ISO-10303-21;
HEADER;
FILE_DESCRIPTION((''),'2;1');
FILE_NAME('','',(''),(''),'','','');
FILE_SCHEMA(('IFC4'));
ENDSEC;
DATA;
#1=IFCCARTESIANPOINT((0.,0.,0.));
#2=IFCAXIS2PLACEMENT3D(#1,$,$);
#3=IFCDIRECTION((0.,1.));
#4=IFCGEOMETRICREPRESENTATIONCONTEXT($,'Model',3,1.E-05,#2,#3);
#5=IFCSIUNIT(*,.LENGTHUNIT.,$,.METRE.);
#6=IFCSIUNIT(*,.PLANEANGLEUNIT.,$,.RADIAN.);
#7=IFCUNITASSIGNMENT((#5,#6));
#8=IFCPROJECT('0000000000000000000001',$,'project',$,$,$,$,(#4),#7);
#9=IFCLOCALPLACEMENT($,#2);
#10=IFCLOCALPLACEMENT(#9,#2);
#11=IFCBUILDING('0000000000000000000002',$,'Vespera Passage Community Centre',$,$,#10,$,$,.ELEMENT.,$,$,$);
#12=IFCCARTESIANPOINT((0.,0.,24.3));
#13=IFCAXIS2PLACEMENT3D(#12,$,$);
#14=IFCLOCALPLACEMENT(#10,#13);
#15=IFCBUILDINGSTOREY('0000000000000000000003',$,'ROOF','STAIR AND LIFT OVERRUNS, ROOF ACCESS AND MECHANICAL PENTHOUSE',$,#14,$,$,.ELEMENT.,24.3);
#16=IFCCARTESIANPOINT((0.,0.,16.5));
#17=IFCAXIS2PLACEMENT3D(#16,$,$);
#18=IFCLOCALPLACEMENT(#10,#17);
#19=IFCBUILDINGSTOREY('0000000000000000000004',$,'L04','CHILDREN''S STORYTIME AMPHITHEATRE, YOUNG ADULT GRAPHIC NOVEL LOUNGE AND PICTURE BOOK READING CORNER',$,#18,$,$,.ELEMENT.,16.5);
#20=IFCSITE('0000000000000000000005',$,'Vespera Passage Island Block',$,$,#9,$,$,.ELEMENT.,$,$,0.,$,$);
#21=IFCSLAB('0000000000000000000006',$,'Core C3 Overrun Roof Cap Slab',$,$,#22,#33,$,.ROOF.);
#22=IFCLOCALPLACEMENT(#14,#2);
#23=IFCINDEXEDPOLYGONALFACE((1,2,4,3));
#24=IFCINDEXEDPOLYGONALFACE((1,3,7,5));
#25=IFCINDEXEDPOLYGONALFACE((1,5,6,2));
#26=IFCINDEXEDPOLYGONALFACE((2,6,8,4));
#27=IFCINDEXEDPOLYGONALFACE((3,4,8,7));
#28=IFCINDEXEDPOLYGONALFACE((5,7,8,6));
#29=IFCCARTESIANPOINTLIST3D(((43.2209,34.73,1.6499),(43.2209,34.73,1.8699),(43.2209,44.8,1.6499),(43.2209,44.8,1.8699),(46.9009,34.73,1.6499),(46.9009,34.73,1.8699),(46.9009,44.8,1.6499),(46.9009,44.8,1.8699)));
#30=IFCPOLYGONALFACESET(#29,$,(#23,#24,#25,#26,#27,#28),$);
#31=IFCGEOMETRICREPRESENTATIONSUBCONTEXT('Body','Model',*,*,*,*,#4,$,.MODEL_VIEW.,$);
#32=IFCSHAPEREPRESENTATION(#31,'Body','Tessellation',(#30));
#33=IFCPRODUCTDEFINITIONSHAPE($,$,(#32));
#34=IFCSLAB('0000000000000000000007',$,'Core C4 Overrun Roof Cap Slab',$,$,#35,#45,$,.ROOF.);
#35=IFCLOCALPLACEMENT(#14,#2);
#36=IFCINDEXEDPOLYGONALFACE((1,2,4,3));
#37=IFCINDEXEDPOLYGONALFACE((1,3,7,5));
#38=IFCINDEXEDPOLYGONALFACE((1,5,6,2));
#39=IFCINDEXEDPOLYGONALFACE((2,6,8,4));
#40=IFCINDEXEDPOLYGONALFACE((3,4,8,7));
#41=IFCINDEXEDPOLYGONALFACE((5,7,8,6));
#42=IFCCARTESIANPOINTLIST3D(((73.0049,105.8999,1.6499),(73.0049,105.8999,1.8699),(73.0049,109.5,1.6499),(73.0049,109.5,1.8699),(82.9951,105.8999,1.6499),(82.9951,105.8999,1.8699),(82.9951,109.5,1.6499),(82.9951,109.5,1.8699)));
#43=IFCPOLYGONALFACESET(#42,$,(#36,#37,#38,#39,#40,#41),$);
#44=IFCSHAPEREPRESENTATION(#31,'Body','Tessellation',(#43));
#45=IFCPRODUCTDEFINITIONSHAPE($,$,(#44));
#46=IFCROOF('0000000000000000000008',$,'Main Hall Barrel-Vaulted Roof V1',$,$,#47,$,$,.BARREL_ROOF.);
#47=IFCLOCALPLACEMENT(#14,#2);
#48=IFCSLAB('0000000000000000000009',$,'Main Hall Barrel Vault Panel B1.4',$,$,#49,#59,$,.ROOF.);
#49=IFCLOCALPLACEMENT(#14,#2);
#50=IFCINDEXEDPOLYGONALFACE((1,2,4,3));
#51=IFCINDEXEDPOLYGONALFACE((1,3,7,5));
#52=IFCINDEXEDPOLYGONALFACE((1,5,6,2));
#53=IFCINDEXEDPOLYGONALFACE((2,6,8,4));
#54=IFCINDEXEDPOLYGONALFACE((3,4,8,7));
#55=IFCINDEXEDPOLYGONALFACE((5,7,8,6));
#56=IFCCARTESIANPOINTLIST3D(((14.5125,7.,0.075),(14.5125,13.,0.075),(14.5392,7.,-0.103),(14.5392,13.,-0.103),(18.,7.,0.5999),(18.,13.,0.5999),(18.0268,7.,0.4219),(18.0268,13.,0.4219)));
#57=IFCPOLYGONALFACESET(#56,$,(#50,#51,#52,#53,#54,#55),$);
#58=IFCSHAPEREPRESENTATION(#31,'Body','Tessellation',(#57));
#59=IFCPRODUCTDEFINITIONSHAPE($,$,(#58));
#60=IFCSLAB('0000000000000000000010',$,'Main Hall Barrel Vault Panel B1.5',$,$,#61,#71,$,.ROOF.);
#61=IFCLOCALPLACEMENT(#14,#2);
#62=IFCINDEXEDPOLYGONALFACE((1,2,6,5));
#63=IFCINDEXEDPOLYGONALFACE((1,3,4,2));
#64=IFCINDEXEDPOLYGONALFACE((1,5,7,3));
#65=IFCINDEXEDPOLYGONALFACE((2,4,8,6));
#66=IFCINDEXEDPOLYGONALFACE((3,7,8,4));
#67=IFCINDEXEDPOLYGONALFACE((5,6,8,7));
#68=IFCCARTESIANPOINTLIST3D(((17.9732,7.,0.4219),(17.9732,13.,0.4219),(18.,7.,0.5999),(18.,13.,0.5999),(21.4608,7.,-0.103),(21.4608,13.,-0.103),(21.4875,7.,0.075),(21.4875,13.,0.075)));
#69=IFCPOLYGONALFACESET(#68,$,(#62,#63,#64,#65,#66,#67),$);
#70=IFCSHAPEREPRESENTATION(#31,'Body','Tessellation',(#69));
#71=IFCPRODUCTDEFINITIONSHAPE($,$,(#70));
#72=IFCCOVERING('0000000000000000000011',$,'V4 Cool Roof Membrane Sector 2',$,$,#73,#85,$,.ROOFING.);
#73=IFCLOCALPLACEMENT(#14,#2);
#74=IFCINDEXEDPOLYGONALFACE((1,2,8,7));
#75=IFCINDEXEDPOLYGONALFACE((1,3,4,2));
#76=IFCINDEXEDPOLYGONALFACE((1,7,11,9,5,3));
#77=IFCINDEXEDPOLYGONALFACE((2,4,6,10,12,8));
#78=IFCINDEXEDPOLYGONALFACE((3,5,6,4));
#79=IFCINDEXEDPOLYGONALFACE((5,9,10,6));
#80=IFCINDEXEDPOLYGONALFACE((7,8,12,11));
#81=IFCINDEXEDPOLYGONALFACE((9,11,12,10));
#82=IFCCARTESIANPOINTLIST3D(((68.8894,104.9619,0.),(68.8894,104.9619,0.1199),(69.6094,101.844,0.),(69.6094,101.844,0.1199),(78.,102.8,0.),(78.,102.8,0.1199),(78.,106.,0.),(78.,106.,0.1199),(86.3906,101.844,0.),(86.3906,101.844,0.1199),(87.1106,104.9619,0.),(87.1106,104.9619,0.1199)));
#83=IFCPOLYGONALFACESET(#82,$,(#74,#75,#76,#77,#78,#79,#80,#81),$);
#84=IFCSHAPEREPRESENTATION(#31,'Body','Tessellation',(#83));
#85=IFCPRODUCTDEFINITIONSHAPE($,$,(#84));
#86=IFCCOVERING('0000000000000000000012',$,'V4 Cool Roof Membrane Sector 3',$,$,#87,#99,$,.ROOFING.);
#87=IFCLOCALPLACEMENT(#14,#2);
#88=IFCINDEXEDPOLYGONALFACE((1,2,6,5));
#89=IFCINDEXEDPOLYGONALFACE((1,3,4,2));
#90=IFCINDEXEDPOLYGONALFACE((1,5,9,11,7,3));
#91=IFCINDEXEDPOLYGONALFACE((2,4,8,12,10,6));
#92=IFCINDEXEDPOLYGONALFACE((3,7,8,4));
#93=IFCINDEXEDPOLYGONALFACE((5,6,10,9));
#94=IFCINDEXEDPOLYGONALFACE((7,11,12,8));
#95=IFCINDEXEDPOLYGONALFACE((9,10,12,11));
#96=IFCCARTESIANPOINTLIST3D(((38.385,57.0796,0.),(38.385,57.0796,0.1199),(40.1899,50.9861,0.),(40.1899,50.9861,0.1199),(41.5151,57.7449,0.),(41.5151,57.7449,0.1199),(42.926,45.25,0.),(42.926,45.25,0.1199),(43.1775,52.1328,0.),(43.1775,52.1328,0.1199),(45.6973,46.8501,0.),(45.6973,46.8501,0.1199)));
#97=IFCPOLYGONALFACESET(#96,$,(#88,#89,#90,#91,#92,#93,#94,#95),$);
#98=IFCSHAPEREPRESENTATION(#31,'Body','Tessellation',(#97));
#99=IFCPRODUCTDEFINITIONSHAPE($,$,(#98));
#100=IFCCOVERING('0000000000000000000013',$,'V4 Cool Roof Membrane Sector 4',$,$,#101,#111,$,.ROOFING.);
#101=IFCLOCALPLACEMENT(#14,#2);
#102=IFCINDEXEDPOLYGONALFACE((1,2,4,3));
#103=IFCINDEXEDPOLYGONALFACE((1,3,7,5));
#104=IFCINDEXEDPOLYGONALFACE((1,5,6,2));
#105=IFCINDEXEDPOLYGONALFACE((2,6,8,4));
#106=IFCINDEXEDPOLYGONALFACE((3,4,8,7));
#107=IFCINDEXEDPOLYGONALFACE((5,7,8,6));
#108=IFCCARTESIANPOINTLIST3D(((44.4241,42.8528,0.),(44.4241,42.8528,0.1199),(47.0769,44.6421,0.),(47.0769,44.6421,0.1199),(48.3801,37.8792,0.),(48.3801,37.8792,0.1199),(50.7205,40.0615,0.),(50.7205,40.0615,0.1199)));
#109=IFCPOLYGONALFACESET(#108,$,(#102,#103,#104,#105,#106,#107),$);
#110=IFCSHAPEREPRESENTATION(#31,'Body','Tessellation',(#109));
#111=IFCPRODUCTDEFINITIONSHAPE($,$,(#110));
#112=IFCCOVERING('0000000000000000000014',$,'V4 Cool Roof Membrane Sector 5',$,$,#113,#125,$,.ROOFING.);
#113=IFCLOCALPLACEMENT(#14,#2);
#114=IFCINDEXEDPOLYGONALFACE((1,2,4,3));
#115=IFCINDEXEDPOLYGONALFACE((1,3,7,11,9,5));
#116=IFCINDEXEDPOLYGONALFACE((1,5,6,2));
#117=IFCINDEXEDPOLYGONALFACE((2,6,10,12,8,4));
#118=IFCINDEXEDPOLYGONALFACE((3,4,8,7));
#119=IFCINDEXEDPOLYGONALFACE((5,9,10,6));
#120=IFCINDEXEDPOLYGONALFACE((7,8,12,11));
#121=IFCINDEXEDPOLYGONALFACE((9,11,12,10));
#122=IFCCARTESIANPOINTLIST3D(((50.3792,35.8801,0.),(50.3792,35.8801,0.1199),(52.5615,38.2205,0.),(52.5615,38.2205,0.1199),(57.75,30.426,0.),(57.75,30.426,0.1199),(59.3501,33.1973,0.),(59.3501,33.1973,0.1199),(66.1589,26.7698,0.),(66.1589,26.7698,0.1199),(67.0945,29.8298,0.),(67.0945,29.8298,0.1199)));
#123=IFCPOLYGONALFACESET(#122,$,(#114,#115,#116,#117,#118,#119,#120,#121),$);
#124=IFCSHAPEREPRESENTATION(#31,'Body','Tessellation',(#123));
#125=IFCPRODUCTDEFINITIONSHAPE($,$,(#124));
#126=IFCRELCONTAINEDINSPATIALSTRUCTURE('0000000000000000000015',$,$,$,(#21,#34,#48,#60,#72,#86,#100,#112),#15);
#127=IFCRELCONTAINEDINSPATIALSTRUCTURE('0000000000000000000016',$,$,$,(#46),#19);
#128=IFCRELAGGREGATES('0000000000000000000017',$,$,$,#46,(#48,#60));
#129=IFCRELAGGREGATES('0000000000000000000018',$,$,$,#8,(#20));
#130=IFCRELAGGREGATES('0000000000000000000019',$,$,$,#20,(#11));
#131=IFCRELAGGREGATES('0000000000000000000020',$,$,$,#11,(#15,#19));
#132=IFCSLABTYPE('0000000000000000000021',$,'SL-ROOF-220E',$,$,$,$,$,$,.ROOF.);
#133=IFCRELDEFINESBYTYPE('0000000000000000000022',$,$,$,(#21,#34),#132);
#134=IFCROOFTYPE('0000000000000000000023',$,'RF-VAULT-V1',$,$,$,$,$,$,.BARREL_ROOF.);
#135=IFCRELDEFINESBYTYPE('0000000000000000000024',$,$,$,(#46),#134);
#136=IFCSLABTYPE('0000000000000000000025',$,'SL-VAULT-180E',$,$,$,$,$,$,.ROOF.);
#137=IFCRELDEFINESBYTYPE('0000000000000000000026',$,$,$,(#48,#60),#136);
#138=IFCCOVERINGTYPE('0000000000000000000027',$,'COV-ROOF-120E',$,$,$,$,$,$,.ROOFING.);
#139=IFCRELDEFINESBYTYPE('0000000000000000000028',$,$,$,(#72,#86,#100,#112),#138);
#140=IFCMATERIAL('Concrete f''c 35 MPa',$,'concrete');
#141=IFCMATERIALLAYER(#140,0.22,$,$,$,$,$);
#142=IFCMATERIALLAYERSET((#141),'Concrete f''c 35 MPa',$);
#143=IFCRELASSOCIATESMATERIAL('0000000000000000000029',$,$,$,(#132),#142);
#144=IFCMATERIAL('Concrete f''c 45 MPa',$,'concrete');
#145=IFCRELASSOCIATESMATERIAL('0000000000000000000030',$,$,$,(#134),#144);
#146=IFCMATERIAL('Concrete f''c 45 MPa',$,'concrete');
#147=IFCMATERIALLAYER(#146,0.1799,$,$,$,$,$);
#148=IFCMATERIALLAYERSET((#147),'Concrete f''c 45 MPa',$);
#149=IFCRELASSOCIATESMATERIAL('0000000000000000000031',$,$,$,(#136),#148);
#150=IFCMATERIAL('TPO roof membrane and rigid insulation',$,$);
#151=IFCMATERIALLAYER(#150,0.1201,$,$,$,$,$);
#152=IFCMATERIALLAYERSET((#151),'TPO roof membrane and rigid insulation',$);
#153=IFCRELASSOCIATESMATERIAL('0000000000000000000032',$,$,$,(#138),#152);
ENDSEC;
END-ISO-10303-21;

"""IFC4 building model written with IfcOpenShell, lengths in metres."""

from ifc_helpers import new_model, si_unit, direction, frame, origin, place, context, subcontext, project, spatial, polyline, outline, extrude, material, layer, layer_set, type_object, element, aggregate, save


model = new_model("IFC4")

# Units and contexts
model_context = context("Model", 3, precision=1e-05, world=origin(), true_north=direction((0.0, 1.0)))
body_context = subcontext(model_context, "Body", "Model", "MODEL_VIEW")
ifc_project = project(units=[si_unit("LENGTHUNIT", "METRE"), si_unit("PLANEANGLEUNIT", "RADIAN")], contexts=[model_context])

# Site, building, storey
site_placement = place(None, origin())
site = spatial("IfcSite", under=ifc_project, at=site_placement, Name="Vespera Passage Island Block", CompositionType="ELEMENT", RefElevation=0.0)
building_placement = place(site_placement, origin())
building = spatial("IfcBuilding", under=site, at=building_placement, Name="Vespera Passage Community Centre", CompositionType="ELEMENT")
storey_1_placement = place(building_placement, frame((0.0, 0.0, 24.3)))
storey_1 = spatial("IfcBuildingStorey", under=building, at=storey_1_placement, Name="ROOF", Description="STAIR AND LIFT OVERRUNS, ROOF ACCESS AND MECHANICAL PENTHOUSE", CompositionType="ELEMENT", Elevation=24.3)

# Slabs
ifc_material_1 = material(Name="Concrete f'c 35 MPa", Category="concrete")
ifc_layer_1 = layer(ifc_material_1, 0.22)
ifc_layer_set_1 = layer_set([ifc_layer_1], Name="Concrete f'c 35 MPa")
slab_type_1 = type_object("IfcSlabType", Name="SL-ROOF-220E", PredefinedType="ROOF", material=ifc_layer_set_1)
slab_1_placement = place(storey_1_placement, frame((0.0, 0.0, 1.6499)))
element("IfcSlab", 1, at=slab_1_placement, inside=storey_1, type_object=slab_type_1, Name="Core C3 Overrun Roof Cap Slab", PredefinedType="ROOF", context=body_context, shape_type="SweptSolid", body=[
    extrude(outline(polyline([(46.9009, 34.73), (46.9009, 44.8), (43.2209, 44.8), (43.2209, 34.73), (46.9009, 34.73)])), origin(), (0.0, 0.0, 1.0), 0.22),
])
slab_2_placement = place(storey_1_placement, frame((0.0, 0.0, 1.6499)))
element("IfcSlab", 2, at=slab_2_placement, inside=storey_1, type_object=slab_type_1, Name="Core C4 Overrun Roof Cap Slab", PredefinedType="ROOF", context=body_context, shape_type="SweptSolid", body=[
    extrude(outline(polyline([(73.0049, 105.8999), (82.9951, 105.8999), (82.9951, 109.5), (73.0049, 109.5), (73.0049, 105.8999)])), origin(), (0.0, 0.0, 1.0), 0.22),
])

# Shared definitions
storey_2_placement = place(building_placement, frame((0.0, 0.0, 16.5)))
storey_2 = spatial("IfcBuildingStorey", under=building, at=storey_2_placement, Name="L04", Description="CHILDREN'S STORYTIME AMPHITHEATRE, YOUNG ADULT GRAPHIC NOVEL LOUNGE AND PICTURE BOOK READING CORNER", CompositionType="ELEMENT", Elevation=16.5)

# Roof, slabs
ifc_material_2 = material(Name="Concrete f'c 45 MPa", Category="concrete")
roof_type = type_object("IfcRoofType", Name="RF-VAULT-V1", PredefinedType="BARREL_ROOF", material=ifc_material_2)
roof_placement = place(storey_2_placement, origin())
roof = element("IfcRoof", 3, at=roof_placement, inside=storey_2, type_object=roof_type, Name="Main Hall Barrel-Vaulted Roof V1", PredefinedType="BARREL_ROOF")
ifc_material_3 = material(Name="Concrete f'c 45 MPa", Category="concrete")
ifc_layer_2 = layer(ifc_material_3, 0.1799)
ifc_layer_set_2 = layer_set([ifc_layer_2], Name="Concrete f'c 45 MPa")
slab_type_2 = type_object("IfcSlabType", Name="SL-VAULT-180E", PredefinedType="ROOF", material=ifc_layer_set_2)
slab_3_placement = place(storey_1_placement, frame((14.5125, 7.0, 0.075), z_axis=(-0.148831, 0.0, 0.988863), x_axis=(0.988863, 0.0, 0.148831)))
slab_3 = element("IfcSlab", 4, at=slab_3_placement, inside=storey_1, type_object=slab_type_2, Name="Main Hall Barrel Vault Panel B1.4", PredefinedType="ROOF", context=body_context, shape_type="SweptSolid", body=[
    extrude(outline(polyline([(0.0, 0.0), (3.5268, 0.0), (3.5268, 6.0), (0.0, 6.0), (0.0, 0.0)])), origin(), (0.0, 0.0, -1.0), 0.1799),
])
slab_4_placement = place(storey_1_placement, frame((18.0, 7.0, 0.5999), z_axis=(0.148831, 0.0, 0.988863), x_axis=(0.988863, 0.0, -0.148831)))
slab_4 = element("IfcSlab", 5, at=slab_4_placement, inside=storey_1, type_object=slab_type_2, Name="Main Hall Barrel Vault Panel B1.5", PredefinedType="ROOF", context=body_context, shape_type="SweptSolid", body=[
    extrude(outline(polyline([(0.0, 0.0), (3.5268, 0.0), (3.5268, 6.0), (0.0, 6.0), (0.0, 0.0)])), origin(), (0.0, 0.0, -1.0), 0.1799),
])
aggregate(roof, [slab_3, slab_4])

# Coverings
ifc_material_4 = material(Name="TPO roof membrane and rigid insulation")
ifc_layer_3 = layer(ifc_material_4, 0.1201)
ifc_layer_set_3 = layer_set([ifc_layer_3], Name="TPO roof membrane and rigid insulation")
covering_type = type_object("IfcCoveringType", Name="COV-ROOF-120E", PredefinedType="ROOFING", material=ifc_layer_set_3)
covering_1_placement = place(storey_1_placement, origin())
element("IfcCovering", 6, at=covering_1_placement, inside=storey_1, type_object=covering_type, Name="V4 Cool Roof Membrane Sector 2", PredefinedType="ROOFING", context=body_context, shape_type="SweptSolid", body=[
    extrude(outline(polyline([(87.1106, 104.9619), (78.0, 106.0), (68.8894, 104.9619), (69.6094, 101.844), (78.0, 102.8), (86.3906, 101.844), (87.1106, 104.9619)])), origin(), (0.0, 0.0, 1.0), 0.1199),
])
covering_2_placement = place(storey_1_placement, origin())
element("IfcCovering", 7, at=covering_2_placement, inside=storey_1, type_object=covering_type, Name="V4 Cool Roof Membrane Sector 3", PredefinedType="ROOFING", context=body_context, shape_type="SweptSolid", body=[
    extrude(outline(polyline([(38.385, 57.0796), (40.1899, 50.9861), (42.926, 45.25), (45.6973, 46.8501), (43.1775, 52.1328), (41.5151, 57.7449), (38.385, 57.0796)])), origin(), (0.0, 0.0, 1.0), 0.1199),
])
covering_3_placement = place(storey_1_placement, origin())
element("IfcCovering", 8, at=covering_3_placement, inside=storey_1, type_object=covering_type, Name="V4 Cool Roof Membrane Sector 4", PredefinedType="ROOFING", context=body_context, shape_type="SweptSolid", body=[
    extrude(outline(polyline([(44.4241, 42.8528), (48.3801, 37.8792), (50.7205, 40.0615), (47.0769, 44.6421), (44.4241, 42.8528)])), origin(), (0.0, 0.0, 1.0), 0.1199),
])
covering_4_placement = place(storey_1_placement, origin())
element("IfcCovering", 9, at=covering_4_placement, inside=storey_1, type_object=covering_type, Name="V4 Cool Roof Membrane Sector 5", PredefinedType="ROOFING", context=body_context, shape_type="SweptSolid", body=[
    extrude(outline(polyline([(50.3792, 35.8801), (57.75, 30.426), (66.1589, 26.7698), (67.0945, 29.8298), (59.3501, 33.1973), (52.5615, 38.2205), (50.3792, 35.8801)])), origin(), (0.0, 0.0, 1.0), 0.1199),
])

save(model, "model.ifc")
